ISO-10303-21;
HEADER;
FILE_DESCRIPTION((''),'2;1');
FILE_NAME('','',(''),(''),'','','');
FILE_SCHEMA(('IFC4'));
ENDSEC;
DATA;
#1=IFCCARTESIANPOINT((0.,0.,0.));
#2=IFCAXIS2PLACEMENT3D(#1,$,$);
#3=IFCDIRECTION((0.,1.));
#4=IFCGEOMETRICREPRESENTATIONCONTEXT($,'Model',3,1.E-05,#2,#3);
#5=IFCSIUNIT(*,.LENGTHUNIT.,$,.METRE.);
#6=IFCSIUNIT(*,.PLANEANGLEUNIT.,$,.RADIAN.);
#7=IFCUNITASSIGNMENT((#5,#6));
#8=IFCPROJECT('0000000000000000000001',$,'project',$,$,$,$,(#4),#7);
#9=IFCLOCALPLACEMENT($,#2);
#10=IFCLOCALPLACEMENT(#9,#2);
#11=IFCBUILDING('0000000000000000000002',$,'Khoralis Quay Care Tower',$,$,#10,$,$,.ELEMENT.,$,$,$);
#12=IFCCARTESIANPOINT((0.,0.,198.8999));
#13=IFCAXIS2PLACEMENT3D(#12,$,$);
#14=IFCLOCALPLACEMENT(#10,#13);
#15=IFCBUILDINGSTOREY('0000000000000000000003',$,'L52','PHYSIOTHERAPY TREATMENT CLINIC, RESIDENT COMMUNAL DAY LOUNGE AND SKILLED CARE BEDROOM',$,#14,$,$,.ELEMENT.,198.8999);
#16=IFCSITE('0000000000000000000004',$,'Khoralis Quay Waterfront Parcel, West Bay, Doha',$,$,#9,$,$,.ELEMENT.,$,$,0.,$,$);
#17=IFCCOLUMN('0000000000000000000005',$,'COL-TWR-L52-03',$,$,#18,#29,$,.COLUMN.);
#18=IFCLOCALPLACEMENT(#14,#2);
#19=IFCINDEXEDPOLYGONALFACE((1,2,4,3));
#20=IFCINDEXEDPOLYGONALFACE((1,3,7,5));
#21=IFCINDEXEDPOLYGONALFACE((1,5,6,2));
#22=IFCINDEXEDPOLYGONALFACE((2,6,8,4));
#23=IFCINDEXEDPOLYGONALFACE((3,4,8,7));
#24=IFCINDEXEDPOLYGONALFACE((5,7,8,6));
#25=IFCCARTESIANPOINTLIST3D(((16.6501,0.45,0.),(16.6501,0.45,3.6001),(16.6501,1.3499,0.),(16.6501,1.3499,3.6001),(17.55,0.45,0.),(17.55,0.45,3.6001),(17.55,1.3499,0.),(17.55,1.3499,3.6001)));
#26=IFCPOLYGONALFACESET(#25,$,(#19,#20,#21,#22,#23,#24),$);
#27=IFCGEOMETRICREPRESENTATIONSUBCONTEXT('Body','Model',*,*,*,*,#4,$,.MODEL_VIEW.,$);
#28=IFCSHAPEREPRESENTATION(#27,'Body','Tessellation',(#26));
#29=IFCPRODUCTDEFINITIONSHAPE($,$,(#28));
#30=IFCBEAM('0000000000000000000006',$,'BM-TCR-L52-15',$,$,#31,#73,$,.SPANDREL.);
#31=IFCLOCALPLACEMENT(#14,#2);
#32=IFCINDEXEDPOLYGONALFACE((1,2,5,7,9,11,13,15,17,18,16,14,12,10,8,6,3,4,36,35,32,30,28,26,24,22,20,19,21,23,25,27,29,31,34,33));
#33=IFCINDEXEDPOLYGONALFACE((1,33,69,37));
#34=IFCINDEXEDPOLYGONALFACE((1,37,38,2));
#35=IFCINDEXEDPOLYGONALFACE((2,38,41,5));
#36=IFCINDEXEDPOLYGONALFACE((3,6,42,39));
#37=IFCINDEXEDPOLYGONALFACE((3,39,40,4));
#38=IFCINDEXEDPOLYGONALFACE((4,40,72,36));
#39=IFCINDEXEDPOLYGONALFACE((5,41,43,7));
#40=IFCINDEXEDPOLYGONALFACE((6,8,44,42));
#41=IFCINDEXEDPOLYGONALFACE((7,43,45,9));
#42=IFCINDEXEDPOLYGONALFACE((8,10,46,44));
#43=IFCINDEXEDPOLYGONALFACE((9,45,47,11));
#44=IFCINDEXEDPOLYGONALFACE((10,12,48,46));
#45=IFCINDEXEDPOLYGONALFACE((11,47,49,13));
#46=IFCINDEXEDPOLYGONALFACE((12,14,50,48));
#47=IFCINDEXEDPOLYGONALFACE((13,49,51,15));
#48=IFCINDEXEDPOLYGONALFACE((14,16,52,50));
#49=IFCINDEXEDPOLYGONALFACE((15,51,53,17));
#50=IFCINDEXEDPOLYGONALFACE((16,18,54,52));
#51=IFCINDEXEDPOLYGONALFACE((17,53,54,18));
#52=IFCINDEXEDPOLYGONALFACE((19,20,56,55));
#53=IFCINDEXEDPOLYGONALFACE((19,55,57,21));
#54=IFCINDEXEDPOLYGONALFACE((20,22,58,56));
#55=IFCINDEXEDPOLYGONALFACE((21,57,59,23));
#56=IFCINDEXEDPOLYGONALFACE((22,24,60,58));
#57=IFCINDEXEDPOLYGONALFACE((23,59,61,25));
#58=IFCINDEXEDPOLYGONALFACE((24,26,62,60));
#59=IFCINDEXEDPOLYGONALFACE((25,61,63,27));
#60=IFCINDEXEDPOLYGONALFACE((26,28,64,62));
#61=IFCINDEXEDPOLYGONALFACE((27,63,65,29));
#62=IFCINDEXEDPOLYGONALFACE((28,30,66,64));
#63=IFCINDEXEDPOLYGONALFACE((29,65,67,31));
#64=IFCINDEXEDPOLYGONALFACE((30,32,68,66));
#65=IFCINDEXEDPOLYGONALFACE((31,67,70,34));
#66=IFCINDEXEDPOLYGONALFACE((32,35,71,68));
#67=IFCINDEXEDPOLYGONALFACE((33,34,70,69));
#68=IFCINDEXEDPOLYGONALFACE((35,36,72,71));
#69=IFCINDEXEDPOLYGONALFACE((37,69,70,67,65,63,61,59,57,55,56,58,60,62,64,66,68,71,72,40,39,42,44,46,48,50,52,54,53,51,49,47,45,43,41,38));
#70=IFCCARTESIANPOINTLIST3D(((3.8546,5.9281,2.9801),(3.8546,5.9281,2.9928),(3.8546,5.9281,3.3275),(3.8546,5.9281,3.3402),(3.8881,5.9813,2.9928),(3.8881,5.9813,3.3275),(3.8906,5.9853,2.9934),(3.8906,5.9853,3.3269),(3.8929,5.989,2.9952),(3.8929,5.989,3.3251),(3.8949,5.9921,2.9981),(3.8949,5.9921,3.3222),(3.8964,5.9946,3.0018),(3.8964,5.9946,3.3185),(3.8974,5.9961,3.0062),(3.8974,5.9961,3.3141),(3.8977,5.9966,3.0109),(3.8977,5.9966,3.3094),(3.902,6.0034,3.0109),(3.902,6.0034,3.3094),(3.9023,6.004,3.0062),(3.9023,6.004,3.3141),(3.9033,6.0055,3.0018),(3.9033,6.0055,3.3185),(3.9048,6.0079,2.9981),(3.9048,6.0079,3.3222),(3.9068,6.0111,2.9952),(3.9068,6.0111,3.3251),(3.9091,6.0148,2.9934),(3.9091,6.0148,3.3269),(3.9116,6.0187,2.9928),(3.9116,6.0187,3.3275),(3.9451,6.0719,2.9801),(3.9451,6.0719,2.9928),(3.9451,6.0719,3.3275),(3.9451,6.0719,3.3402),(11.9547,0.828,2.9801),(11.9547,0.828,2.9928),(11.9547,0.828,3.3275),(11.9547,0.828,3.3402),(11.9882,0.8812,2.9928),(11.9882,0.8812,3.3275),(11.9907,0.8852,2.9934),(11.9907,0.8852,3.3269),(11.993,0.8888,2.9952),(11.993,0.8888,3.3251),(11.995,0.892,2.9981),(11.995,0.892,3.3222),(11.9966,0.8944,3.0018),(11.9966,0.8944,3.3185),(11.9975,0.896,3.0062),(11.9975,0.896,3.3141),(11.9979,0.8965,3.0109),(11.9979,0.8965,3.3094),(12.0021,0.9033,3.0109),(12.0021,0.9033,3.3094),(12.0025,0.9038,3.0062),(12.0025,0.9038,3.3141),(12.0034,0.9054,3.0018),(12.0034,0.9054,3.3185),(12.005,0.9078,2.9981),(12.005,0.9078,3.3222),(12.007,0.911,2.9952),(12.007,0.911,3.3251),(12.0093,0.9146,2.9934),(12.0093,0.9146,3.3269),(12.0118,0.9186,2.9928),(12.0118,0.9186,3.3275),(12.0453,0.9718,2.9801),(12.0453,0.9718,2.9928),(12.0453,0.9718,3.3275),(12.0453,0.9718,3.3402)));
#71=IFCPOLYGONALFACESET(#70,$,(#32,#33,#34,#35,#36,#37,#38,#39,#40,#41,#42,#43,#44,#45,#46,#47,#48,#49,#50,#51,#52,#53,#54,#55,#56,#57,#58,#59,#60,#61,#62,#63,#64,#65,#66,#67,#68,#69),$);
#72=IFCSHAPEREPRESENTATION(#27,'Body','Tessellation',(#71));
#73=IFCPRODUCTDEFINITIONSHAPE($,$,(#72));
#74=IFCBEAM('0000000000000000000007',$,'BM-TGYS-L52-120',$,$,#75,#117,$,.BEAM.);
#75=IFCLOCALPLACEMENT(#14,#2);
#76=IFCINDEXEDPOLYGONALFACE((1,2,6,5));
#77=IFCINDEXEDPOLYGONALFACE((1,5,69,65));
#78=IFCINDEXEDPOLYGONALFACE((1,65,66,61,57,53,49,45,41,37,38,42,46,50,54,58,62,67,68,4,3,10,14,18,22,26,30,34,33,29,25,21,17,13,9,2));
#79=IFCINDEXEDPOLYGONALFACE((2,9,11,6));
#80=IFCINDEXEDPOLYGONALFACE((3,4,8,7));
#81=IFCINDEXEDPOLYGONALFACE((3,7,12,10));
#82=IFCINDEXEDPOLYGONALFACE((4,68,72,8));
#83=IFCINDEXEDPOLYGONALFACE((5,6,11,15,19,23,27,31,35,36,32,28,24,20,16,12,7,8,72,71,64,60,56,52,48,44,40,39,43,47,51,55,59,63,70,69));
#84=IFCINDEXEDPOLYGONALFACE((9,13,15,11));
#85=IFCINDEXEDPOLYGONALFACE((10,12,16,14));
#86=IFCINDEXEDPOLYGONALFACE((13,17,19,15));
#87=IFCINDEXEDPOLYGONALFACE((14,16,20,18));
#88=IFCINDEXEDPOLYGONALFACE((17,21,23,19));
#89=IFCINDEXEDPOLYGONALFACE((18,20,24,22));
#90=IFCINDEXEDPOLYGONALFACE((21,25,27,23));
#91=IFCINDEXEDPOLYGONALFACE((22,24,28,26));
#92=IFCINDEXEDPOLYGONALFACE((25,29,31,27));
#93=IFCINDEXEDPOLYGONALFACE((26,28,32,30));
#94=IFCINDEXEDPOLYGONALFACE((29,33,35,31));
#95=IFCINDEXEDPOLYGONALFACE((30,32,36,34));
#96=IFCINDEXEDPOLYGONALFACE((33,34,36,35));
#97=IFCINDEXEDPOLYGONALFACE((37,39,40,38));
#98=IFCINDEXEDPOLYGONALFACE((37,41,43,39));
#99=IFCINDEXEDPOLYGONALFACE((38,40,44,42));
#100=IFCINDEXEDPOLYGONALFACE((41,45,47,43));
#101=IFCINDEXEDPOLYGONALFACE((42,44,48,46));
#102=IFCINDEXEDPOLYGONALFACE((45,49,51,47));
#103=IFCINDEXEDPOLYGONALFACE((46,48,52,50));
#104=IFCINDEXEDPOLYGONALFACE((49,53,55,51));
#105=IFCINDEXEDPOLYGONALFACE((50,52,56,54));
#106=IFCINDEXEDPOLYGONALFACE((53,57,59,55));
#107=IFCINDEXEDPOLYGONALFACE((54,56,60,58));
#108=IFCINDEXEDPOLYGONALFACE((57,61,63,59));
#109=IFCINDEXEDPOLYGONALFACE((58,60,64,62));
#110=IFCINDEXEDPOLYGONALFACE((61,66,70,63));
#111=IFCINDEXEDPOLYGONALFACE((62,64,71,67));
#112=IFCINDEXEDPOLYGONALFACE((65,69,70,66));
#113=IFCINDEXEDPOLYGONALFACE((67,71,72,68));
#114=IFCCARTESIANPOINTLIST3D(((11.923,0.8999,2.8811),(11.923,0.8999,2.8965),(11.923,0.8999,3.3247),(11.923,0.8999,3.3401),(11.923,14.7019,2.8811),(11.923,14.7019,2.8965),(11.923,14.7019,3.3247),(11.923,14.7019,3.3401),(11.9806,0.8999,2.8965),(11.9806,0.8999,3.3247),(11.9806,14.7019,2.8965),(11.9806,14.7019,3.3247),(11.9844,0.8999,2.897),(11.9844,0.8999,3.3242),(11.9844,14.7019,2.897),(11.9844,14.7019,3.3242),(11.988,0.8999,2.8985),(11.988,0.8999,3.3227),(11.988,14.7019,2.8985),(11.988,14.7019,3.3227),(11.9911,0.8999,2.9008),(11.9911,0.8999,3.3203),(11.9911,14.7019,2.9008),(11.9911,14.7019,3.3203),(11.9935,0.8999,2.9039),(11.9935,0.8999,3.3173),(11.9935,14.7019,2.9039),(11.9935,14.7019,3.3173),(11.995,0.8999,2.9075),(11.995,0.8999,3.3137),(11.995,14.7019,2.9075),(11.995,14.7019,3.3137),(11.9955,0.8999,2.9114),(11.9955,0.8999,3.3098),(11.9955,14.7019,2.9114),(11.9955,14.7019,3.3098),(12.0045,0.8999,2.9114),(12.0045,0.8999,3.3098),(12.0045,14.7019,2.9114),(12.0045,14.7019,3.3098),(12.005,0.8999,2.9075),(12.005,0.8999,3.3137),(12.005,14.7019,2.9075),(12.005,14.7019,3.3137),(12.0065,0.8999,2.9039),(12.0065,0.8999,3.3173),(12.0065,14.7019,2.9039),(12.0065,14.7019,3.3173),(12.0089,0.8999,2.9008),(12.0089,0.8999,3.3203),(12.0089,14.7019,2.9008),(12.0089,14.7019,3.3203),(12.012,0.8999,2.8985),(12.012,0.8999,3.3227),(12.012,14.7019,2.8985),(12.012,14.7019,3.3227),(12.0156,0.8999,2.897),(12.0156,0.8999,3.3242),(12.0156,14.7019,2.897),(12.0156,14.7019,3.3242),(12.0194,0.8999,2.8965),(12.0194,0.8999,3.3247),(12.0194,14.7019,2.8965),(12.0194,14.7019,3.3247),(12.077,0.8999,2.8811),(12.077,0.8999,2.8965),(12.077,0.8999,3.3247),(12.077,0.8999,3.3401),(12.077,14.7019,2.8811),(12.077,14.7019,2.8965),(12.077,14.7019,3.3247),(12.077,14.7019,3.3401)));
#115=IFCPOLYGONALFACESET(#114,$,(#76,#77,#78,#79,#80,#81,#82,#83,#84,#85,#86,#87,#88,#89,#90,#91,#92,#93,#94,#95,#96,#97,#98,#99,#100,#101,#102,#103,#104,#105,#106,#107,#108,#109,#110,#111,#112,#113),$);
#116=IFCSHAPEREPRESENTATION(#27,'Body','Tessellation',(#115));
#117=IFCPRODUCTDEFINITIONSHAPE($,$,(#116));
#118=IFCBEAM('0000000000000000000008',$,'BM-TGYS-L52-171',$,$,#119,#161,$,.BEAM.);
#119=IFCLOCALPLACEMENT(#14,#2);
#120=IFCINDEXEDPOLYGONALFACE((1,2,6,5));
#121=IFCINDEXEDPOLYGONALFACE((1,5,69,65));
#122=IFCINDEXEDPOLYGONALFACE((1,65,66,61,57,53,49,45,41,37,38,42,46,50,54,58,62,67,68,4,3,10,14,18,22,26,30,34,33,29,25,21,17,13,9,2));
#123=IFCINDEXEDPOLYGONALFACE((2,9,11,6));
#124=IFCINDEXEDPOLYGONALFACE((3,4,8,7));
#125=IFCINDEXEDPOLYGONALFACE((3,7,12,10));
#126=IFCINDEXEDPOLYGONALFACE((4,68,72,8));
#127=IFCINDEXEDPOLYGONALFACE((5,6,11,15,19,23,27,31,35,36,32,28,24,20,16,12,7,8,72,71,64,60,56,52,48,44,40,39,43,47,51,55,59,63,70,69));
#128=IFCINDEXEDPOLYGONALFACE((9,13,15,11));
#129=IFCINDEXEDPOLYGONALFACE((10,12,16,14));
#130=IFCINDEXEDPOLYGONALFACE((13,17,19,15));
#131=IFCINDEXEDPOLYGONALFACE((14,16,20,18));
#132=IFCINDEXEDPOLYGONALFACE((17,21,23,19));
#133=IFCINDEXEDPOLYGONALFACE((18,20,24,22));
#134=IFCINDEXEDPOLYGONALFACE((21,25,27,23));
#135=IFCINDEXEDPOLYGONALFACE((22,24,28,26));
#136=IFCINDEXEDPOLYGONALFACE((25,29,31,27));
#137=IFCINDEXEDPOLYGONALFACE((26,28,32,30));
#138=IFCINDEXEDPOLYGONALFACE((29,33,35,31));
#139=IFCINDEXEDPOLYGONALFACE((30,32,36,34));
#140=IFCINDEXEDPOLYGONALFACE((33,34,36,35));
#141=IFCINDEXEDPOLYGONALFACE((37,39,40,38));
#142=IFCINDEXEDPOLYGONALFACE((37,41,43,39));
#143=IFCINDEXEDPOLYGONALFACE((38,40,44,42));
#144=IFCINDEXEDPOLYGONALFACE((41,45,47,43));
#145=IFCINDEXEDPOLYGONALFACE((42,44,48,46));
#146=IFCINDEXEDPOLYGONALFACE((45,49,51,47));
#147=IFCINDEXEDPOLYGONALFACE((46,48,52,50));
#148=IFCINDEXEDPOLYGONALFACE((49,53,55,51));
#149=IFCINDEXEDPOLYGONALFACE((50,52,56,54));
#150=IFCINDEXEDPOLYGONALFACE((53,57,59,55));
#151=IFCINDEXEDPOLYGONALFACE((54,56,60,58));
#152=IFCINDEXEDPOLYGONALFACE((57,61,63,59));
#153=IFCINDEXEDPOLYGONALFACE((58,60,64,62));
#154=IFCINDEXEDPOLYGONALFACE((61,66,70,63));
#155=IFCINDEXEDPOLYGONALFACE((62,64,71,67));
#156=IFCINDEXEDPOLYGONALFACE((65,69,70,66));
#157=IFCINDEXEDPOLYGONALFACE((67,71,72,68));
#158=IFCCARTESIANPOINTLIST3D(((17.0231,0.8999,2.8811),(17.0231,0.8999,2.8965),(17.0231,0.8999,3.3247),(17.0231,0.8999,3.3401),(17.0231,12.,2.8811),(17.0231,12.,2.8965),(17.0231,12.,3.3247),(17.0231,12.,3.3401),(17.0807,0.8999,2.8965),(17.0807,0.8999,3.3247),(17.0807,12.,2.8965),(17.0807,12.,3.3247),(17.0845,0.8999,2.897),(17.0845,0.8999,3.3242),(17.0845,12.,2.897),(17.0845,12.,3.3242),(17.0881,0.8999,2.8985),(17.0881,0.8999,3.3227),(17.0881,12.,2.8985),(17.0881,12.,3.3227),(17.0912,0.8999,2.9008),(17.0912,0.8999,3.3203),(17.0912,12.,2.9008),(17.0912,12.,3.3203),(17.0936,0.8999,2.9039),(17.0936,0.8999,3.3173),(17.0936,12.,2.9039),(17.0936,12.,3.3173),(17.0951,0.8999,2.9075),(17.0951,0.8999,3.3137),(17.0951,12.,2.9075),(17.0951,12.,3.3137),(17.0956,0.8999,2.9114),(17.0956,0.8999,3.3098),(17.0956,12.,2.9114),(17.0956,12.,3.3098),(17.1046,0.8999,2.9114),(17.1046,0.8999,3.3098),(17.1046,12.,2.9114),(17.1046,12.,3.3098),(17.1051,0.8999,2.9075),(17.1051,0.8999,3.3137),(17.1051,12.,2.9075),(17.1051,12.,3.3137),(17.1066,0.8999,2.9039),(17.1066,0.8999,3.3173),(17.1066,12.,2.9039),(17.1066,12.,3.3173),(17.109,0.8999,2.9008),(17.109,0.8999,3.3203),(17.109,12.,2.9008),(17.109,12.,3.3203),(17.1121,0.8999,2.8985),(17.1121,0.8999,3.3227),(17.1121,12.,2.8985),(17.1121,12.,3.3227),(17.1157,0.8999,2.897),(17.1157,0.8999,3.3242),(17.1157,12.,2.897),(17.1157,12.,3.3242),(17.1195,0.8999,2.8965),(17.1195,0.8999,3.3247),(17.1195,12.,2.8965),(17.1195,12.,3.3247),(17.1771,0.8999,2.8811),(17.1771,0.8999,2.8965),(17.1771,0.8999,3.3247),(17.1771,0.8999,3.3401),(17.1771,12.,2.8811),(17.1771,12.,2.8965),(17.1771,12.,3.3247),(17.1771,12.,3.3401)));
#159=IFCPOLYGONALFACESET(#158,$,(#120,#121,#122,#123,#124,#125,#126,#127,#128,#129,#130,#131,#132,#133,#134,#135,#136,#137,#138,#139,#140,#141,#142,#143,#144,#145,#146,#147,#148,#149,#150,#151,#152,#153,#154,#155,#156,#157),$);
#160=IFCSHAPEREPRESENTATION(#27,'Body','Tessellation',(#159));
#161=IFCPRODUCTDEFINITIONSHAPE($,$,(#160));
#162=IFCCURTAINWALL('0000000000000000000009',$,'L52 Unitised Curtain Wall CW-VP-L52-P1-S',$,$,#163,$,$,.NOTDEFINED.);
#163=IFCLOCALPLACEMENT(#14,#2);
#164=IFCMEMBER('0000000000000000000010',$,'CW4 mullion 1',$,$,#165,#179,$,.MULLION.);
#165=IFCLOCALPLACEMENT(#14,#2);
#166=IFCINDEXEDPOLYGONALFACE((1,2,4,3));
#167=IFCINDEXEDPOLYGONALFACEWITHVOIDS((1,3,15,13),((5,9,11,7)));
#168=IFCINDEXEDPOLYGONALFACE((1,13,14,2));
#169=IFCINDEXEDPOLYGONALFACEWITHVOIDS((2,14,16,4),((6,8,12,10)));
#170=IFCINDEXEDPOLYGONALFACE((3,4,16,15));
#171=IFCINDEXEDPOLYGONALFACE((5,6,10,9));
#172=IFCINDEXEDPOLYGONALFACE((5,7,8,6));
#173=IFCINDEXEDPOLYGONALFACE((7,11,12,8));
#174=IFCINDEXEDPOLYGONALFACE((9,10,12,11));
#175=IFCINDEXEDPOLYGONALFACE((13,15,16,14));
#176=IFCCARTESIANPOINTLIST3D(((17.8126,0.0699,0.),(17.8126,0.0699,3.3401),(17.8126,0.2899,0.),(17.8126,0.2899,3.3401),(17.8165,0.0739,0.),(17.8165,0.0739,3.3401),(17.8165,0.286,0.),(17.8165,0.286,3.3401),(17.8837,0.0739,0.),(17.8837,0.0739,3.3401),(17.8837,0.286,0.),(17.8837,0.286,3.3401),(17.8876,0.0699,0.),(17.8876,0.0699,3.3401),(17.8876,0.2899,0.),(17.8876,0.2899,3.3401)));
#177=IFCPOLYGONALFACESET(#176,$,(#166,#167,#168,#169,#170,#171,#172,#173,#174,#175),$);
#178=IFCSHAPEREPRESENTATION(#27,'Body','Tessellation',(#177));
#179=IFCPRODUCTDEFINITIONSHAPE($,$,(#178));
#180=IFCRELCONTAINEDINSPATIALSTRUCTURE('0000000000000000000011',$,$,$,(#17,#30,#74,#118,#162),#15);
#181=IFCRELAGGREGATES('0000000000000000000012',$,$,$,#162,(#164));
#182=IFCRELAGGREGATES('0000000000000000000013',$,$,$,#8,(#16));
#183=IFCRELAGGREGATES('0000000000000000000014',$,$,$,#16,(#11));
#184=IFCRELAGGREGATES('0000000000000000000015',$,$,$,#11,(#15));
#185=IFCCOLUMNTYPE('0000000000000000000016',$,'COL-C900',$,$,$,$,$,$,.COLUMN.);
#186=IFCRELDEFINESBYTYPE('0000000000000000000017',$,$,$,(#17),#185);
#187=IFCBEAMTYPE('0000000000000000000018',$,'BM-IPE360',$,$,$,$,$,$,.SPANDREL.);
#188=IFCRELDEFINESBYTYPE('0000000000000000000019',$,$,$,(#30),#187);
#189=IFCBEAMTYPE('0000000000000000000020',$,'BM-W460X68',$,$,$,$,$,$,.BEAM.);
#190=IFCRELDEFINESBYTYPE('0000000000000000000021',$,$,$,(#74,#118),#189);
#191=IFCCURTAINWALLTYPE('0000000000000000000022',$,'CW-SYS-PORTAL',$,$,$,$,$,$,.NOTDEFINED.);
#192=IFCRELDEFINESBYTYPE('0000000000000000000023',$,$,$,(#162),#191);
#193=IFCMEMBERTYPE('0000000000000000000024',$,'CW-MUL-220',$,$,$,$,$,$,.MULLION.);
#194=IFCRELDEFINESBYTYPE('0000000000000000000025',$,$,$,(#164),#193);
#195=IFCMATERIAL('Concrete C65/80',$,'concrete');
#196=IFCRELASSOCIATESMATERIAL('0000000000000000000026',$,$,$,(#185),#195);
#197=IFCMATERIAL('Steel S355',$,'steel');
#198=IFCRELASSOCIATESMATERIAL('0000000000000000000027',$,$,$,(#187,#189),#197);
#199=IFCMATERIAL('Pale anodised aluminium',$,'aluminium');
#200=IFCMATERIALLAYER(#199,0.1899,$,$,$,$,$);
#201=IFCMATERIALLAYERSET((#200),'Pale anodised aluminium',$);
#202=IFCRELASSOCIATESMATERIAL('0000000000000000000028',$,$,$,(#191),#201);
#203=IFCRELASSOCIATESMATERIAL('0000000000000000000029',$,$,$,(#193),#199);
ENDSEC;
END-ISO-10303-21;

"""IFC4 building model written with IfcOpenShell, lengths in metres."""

from ifc_helpers import new_model, si_unit, direction, frame, origin, origin_2d, place, context, subcontext, project, spatial, rectangle, hollow_rectangle, i_section, extrude, source, transform, mapped, material, layer, layer_set, material_profile, profile_set, type_object, element, aggregate, save


model = new_model("IFC4")

# Units and contexts
model_context = context("Model", 3, precision=1e-05, world=origin(), true_north=direction((0.0, 1.0)))
body_context = subcontext(model_context, "Body", "Model", "MODEL_VIEW")
ifc_project = project(units=[si_unit("LENGTHUNIT", "METRE"), si_unit("PLANEANGLEUNIT", "RADIAN")], contexts=[model_context])

# Site, building, storey
site_placement = place(None, origin())
site = spatial("IfcSite", under=ifc_project, at=site_placement, Name="Khoralis Quay Waterfront Parcel, West Bay, Doha", CompositionType="ELEMENT", RefElevation=0.0)
building_placement = place(site_placement, origin())
building = spatial("IfcBuilding", under=site, at=building_placement, Name="Khoralis Quay Care Tower", CompositionType="ELEMENT")
storey_placement = place(building_placement, frame((0.0, 0.0, 198.8999)))
storey = spatial("IfcBuildingStorey", under=building, at=storey_placement, Name="L52", Description="PHYSIOTHERAPY TREATMENT CLINIC, RESIDENT COMMUNAL DAY LOUNGE AND SKILLED CARE BEDROOM", CompositionType="ELEMENT", Elevation=198.8999)

# Column
ifc_material_1 = material(Name="Concrete C65/80", Category="concrete")
ifc_material_profile_1 = material_profile(ifc_material_1, rectangle(XDim=0.8999, YDim=0.8999, at=origin_2d()), Name="Concrete C65/80")
ifc_profile_set_1 = profile_set([ifc_material_profile_1], Name="Concrete C65/80")
column_type = type_object("IfcColumnType", Name="COL-C900", PredefinedType="COLUMN", material=ifc_profile_set_1)
shared_shape_1 = source(origin(), body_context, "Body", "SweptSolid", [
    extrude(rectangle(XDim=0.8999, YDim=0.8999, at=origin_2d()), origin(), (0.0, 0.0, 1.0), 3.6001),
])
column_placement = place(storey_placement, frame((17.1001, 0.8999, 0.0), z_axis=(0.0, 0.0, 1.0), x_axis=(1.0, 0.0, 0.0)))
element("IfcColumn", 1, at=column_placement, inside=storey, type_object=column_type, Name="COL-TWR-L52-03", PredefinedType="COLUMN", context=body_context, shape_type="MappedRepresentation", body=[
    mapped(shared_shape_1, transform((0.0, 0.0, 0.0), scale=1.0)),
])

# Beams
ifc_material_2 = material(Name="Steel S355", Category="steel")
ifc_material_profile_2 = material_profile(ifc_material_2, i_section(OverallWidth=0.1699, OverallDepth=0.3601, WebThickness=0.0081, FlangeThickness=0.0127, FilletRadius=0.0181, at=origin_2d()), Name="Steel S355")
ifc_profile_set_2 = profile_set([ifc_material_profile_2], Name="Steel S355")
beam_type_1 = type_object("IfcBeamType", Name="BM-IPE360", PredefinedType="SPANDREL", material=ifc_profile_set_2)
shared_shape_2 = source(origin(), body_context, "Body", "SweptSolid", [
    extrude(i_section(OverallWidth=0.1699, OverallDepth=0.3601, WebThickness=0.0081, FlangeThickness=0.0127, FilletRadius=0.0181, at=origin_2d()), origin(), (0.0, 0.0, 1.0), 9.572),
])
beam_1_placement = place(storey_placement, frame((12.0, 0.8999, 3.1602), z_axis=(-0.846231, 0.532816, 0.0), x_axis=(-0.532816, -0.846231, 0.0)))
element("IfcBeam", 2, at=beam_1_placement, inside=storey, type_object=beam_type_1, Name="BM-TCR-L52-15", PredefinedType="SPANDREL", context=body_context, shape_type="MappedRepresentation", body=[
    mapped(shared_shape_2, transform((0.0, 0.0, 0.0), scale=1.0)),
])
ifc_material_profile_3 = material_profile(ifc_material_2, i_section(OverallWidth=0.1541, OverallDepth=0.459, WebThickness=0.009, FlangeThickness=0.0154, FilletRadius=0.0149, at=origin_2d()), Name="Steel S355")
ifc_profile_set_3 = profile_set([ifc_material_profile_3], Name="Steel S355")
beam_type_2 = type_object("IfcBeamType", Name="BM-W460X68", PredefinedType="BEAM", material=ifc_profile_set_3)
shared_shape_3 = source(origin(), body_context, "Body", "SweptSolid", [
    extrude(i_section(OverallWidth=0.1541, OverallDepth=0.459, WebThickness=0.009, FlangeThickness=0.0154, FilletRadius=0.0149, at=origin_2d()), origin(), (0.0, 0.0, 1.0), 13.802),
])
beam_2_placement = place(storey_placement, frame((12.0, 0.8999, 3.1106), z_axis=(0.0, 1.0, 0.0), x_axis=(-1.0, 0.0, 0.0)))
element("IfcBeam", 3, at=beam_2_placement, inside=storey, type_object=beam_type_2, Name="BM-TGYS-L52-120", PredefinedType="BEAM", context=body_context, shape_type="MappedRepresentation", body=[
    mapped(shared_shape_3, transform((0.0, 0.0, 0.0), scale=1.0)),
])
shared_shape_4 = source(origin(), body_context, "Body", "SweptSolid", [
    extrude(i_section(OverallWidth=0.1541, OverallDepth=0.459, WebThickness=0.009, FlangeThickness=0.0154, FilletRadius=0.0149, at=origin_2d()), origin(), (0.0, 0.0, 1.0), 11.1001),
])
beam_3_placement = place(storey_placement, frame((17.1001, 0.8999, 3.1106), z_axis=(0.0, 1.0, 0.0), x_axis=(-1.0, 0.0, 0.0)))
element("IfcBeam", 4, at=beam_3_placement, inside=storey, type_object=beam_type_2, Name="BM-TGYS-L52-171", PredefinedType="BEAM", context=body_context, shape_type="MappedRepresentation", body=[
    mapped(shared_shape_4, transform((0.0, 0.0, 0.0), scale=1.0)),
])

# Curtain wall, member
ifc_material_3 = material(Name="Pale anodised aluminium", Category="aluminium")
ifc_layer_1 = layer(ifc_material_3, 0.1899)
ifc_layer_set_1 = layer_set([ifc_layer_1], Name="Pale anodised aluminium")
curtain_wall_type = type_object("IfcCurtainWallType", Name="CW-SYS-PORTAL", PredefinedType="NOTDEFINED", material=ifc_layer_set_1)
curtain_wall_placement = place(storey_placement, origin())
curtain_wall = element("IfcCurtainWall", 5, at=curtain_wall_placement, inside=storey, type_object=curtain_wall_type, Name="L52 Unitised Curtain Wall CW-VP-L52-P1-S", PredefinedType="NOTDEFINED")
ifc_material_profile_4 = material_profile(ifc_material_3, hollow_rectangle(XDim=0.075, YDim=0.22, WallThickness=0.0039, at=origin_2d()), Name="Pale anodised aluminium")
ifc_profile_set_4 = profile_set([ifc_material_profile_4], Name="Pale anodised aluminium")
member_type_1 = type_object("IfcMemberType", Name="CW-MUL-220", PredefinedType="MULLION", material=ifc_profile_set_4)
shared_shape_5 = source(origin(), body_context, "Body", "SweptSolid", [
    extrude(hollow_rectangle(XDim=0.075, YDim=0.22, WallThickness=0.0039, at=origin_2d()), origin(), (0.0, 0.0, 1.0), 3.3401),
])
member_1_placement = place(storey_placement, frame((17.8501, 0.1799, 0.0), z_axis=(0.0, 0.0, 1.0), x_axis=(-1.0, 0.0, 0.0)))
member_1 = element("IfcMember", 6, at=member_1_placement, type_object=member_type_1, Name="CW4 mullion 1", PredefinedType="MULLION", context=body_context, shape_type="MappedRepresentation", body=[
    mapped(shared_shape_5, transform((0.0, 0.0, 0.0), scale=1.0)),
])
aggregate(curtain_wall, [member_1])

save(model, "model.ifc")
